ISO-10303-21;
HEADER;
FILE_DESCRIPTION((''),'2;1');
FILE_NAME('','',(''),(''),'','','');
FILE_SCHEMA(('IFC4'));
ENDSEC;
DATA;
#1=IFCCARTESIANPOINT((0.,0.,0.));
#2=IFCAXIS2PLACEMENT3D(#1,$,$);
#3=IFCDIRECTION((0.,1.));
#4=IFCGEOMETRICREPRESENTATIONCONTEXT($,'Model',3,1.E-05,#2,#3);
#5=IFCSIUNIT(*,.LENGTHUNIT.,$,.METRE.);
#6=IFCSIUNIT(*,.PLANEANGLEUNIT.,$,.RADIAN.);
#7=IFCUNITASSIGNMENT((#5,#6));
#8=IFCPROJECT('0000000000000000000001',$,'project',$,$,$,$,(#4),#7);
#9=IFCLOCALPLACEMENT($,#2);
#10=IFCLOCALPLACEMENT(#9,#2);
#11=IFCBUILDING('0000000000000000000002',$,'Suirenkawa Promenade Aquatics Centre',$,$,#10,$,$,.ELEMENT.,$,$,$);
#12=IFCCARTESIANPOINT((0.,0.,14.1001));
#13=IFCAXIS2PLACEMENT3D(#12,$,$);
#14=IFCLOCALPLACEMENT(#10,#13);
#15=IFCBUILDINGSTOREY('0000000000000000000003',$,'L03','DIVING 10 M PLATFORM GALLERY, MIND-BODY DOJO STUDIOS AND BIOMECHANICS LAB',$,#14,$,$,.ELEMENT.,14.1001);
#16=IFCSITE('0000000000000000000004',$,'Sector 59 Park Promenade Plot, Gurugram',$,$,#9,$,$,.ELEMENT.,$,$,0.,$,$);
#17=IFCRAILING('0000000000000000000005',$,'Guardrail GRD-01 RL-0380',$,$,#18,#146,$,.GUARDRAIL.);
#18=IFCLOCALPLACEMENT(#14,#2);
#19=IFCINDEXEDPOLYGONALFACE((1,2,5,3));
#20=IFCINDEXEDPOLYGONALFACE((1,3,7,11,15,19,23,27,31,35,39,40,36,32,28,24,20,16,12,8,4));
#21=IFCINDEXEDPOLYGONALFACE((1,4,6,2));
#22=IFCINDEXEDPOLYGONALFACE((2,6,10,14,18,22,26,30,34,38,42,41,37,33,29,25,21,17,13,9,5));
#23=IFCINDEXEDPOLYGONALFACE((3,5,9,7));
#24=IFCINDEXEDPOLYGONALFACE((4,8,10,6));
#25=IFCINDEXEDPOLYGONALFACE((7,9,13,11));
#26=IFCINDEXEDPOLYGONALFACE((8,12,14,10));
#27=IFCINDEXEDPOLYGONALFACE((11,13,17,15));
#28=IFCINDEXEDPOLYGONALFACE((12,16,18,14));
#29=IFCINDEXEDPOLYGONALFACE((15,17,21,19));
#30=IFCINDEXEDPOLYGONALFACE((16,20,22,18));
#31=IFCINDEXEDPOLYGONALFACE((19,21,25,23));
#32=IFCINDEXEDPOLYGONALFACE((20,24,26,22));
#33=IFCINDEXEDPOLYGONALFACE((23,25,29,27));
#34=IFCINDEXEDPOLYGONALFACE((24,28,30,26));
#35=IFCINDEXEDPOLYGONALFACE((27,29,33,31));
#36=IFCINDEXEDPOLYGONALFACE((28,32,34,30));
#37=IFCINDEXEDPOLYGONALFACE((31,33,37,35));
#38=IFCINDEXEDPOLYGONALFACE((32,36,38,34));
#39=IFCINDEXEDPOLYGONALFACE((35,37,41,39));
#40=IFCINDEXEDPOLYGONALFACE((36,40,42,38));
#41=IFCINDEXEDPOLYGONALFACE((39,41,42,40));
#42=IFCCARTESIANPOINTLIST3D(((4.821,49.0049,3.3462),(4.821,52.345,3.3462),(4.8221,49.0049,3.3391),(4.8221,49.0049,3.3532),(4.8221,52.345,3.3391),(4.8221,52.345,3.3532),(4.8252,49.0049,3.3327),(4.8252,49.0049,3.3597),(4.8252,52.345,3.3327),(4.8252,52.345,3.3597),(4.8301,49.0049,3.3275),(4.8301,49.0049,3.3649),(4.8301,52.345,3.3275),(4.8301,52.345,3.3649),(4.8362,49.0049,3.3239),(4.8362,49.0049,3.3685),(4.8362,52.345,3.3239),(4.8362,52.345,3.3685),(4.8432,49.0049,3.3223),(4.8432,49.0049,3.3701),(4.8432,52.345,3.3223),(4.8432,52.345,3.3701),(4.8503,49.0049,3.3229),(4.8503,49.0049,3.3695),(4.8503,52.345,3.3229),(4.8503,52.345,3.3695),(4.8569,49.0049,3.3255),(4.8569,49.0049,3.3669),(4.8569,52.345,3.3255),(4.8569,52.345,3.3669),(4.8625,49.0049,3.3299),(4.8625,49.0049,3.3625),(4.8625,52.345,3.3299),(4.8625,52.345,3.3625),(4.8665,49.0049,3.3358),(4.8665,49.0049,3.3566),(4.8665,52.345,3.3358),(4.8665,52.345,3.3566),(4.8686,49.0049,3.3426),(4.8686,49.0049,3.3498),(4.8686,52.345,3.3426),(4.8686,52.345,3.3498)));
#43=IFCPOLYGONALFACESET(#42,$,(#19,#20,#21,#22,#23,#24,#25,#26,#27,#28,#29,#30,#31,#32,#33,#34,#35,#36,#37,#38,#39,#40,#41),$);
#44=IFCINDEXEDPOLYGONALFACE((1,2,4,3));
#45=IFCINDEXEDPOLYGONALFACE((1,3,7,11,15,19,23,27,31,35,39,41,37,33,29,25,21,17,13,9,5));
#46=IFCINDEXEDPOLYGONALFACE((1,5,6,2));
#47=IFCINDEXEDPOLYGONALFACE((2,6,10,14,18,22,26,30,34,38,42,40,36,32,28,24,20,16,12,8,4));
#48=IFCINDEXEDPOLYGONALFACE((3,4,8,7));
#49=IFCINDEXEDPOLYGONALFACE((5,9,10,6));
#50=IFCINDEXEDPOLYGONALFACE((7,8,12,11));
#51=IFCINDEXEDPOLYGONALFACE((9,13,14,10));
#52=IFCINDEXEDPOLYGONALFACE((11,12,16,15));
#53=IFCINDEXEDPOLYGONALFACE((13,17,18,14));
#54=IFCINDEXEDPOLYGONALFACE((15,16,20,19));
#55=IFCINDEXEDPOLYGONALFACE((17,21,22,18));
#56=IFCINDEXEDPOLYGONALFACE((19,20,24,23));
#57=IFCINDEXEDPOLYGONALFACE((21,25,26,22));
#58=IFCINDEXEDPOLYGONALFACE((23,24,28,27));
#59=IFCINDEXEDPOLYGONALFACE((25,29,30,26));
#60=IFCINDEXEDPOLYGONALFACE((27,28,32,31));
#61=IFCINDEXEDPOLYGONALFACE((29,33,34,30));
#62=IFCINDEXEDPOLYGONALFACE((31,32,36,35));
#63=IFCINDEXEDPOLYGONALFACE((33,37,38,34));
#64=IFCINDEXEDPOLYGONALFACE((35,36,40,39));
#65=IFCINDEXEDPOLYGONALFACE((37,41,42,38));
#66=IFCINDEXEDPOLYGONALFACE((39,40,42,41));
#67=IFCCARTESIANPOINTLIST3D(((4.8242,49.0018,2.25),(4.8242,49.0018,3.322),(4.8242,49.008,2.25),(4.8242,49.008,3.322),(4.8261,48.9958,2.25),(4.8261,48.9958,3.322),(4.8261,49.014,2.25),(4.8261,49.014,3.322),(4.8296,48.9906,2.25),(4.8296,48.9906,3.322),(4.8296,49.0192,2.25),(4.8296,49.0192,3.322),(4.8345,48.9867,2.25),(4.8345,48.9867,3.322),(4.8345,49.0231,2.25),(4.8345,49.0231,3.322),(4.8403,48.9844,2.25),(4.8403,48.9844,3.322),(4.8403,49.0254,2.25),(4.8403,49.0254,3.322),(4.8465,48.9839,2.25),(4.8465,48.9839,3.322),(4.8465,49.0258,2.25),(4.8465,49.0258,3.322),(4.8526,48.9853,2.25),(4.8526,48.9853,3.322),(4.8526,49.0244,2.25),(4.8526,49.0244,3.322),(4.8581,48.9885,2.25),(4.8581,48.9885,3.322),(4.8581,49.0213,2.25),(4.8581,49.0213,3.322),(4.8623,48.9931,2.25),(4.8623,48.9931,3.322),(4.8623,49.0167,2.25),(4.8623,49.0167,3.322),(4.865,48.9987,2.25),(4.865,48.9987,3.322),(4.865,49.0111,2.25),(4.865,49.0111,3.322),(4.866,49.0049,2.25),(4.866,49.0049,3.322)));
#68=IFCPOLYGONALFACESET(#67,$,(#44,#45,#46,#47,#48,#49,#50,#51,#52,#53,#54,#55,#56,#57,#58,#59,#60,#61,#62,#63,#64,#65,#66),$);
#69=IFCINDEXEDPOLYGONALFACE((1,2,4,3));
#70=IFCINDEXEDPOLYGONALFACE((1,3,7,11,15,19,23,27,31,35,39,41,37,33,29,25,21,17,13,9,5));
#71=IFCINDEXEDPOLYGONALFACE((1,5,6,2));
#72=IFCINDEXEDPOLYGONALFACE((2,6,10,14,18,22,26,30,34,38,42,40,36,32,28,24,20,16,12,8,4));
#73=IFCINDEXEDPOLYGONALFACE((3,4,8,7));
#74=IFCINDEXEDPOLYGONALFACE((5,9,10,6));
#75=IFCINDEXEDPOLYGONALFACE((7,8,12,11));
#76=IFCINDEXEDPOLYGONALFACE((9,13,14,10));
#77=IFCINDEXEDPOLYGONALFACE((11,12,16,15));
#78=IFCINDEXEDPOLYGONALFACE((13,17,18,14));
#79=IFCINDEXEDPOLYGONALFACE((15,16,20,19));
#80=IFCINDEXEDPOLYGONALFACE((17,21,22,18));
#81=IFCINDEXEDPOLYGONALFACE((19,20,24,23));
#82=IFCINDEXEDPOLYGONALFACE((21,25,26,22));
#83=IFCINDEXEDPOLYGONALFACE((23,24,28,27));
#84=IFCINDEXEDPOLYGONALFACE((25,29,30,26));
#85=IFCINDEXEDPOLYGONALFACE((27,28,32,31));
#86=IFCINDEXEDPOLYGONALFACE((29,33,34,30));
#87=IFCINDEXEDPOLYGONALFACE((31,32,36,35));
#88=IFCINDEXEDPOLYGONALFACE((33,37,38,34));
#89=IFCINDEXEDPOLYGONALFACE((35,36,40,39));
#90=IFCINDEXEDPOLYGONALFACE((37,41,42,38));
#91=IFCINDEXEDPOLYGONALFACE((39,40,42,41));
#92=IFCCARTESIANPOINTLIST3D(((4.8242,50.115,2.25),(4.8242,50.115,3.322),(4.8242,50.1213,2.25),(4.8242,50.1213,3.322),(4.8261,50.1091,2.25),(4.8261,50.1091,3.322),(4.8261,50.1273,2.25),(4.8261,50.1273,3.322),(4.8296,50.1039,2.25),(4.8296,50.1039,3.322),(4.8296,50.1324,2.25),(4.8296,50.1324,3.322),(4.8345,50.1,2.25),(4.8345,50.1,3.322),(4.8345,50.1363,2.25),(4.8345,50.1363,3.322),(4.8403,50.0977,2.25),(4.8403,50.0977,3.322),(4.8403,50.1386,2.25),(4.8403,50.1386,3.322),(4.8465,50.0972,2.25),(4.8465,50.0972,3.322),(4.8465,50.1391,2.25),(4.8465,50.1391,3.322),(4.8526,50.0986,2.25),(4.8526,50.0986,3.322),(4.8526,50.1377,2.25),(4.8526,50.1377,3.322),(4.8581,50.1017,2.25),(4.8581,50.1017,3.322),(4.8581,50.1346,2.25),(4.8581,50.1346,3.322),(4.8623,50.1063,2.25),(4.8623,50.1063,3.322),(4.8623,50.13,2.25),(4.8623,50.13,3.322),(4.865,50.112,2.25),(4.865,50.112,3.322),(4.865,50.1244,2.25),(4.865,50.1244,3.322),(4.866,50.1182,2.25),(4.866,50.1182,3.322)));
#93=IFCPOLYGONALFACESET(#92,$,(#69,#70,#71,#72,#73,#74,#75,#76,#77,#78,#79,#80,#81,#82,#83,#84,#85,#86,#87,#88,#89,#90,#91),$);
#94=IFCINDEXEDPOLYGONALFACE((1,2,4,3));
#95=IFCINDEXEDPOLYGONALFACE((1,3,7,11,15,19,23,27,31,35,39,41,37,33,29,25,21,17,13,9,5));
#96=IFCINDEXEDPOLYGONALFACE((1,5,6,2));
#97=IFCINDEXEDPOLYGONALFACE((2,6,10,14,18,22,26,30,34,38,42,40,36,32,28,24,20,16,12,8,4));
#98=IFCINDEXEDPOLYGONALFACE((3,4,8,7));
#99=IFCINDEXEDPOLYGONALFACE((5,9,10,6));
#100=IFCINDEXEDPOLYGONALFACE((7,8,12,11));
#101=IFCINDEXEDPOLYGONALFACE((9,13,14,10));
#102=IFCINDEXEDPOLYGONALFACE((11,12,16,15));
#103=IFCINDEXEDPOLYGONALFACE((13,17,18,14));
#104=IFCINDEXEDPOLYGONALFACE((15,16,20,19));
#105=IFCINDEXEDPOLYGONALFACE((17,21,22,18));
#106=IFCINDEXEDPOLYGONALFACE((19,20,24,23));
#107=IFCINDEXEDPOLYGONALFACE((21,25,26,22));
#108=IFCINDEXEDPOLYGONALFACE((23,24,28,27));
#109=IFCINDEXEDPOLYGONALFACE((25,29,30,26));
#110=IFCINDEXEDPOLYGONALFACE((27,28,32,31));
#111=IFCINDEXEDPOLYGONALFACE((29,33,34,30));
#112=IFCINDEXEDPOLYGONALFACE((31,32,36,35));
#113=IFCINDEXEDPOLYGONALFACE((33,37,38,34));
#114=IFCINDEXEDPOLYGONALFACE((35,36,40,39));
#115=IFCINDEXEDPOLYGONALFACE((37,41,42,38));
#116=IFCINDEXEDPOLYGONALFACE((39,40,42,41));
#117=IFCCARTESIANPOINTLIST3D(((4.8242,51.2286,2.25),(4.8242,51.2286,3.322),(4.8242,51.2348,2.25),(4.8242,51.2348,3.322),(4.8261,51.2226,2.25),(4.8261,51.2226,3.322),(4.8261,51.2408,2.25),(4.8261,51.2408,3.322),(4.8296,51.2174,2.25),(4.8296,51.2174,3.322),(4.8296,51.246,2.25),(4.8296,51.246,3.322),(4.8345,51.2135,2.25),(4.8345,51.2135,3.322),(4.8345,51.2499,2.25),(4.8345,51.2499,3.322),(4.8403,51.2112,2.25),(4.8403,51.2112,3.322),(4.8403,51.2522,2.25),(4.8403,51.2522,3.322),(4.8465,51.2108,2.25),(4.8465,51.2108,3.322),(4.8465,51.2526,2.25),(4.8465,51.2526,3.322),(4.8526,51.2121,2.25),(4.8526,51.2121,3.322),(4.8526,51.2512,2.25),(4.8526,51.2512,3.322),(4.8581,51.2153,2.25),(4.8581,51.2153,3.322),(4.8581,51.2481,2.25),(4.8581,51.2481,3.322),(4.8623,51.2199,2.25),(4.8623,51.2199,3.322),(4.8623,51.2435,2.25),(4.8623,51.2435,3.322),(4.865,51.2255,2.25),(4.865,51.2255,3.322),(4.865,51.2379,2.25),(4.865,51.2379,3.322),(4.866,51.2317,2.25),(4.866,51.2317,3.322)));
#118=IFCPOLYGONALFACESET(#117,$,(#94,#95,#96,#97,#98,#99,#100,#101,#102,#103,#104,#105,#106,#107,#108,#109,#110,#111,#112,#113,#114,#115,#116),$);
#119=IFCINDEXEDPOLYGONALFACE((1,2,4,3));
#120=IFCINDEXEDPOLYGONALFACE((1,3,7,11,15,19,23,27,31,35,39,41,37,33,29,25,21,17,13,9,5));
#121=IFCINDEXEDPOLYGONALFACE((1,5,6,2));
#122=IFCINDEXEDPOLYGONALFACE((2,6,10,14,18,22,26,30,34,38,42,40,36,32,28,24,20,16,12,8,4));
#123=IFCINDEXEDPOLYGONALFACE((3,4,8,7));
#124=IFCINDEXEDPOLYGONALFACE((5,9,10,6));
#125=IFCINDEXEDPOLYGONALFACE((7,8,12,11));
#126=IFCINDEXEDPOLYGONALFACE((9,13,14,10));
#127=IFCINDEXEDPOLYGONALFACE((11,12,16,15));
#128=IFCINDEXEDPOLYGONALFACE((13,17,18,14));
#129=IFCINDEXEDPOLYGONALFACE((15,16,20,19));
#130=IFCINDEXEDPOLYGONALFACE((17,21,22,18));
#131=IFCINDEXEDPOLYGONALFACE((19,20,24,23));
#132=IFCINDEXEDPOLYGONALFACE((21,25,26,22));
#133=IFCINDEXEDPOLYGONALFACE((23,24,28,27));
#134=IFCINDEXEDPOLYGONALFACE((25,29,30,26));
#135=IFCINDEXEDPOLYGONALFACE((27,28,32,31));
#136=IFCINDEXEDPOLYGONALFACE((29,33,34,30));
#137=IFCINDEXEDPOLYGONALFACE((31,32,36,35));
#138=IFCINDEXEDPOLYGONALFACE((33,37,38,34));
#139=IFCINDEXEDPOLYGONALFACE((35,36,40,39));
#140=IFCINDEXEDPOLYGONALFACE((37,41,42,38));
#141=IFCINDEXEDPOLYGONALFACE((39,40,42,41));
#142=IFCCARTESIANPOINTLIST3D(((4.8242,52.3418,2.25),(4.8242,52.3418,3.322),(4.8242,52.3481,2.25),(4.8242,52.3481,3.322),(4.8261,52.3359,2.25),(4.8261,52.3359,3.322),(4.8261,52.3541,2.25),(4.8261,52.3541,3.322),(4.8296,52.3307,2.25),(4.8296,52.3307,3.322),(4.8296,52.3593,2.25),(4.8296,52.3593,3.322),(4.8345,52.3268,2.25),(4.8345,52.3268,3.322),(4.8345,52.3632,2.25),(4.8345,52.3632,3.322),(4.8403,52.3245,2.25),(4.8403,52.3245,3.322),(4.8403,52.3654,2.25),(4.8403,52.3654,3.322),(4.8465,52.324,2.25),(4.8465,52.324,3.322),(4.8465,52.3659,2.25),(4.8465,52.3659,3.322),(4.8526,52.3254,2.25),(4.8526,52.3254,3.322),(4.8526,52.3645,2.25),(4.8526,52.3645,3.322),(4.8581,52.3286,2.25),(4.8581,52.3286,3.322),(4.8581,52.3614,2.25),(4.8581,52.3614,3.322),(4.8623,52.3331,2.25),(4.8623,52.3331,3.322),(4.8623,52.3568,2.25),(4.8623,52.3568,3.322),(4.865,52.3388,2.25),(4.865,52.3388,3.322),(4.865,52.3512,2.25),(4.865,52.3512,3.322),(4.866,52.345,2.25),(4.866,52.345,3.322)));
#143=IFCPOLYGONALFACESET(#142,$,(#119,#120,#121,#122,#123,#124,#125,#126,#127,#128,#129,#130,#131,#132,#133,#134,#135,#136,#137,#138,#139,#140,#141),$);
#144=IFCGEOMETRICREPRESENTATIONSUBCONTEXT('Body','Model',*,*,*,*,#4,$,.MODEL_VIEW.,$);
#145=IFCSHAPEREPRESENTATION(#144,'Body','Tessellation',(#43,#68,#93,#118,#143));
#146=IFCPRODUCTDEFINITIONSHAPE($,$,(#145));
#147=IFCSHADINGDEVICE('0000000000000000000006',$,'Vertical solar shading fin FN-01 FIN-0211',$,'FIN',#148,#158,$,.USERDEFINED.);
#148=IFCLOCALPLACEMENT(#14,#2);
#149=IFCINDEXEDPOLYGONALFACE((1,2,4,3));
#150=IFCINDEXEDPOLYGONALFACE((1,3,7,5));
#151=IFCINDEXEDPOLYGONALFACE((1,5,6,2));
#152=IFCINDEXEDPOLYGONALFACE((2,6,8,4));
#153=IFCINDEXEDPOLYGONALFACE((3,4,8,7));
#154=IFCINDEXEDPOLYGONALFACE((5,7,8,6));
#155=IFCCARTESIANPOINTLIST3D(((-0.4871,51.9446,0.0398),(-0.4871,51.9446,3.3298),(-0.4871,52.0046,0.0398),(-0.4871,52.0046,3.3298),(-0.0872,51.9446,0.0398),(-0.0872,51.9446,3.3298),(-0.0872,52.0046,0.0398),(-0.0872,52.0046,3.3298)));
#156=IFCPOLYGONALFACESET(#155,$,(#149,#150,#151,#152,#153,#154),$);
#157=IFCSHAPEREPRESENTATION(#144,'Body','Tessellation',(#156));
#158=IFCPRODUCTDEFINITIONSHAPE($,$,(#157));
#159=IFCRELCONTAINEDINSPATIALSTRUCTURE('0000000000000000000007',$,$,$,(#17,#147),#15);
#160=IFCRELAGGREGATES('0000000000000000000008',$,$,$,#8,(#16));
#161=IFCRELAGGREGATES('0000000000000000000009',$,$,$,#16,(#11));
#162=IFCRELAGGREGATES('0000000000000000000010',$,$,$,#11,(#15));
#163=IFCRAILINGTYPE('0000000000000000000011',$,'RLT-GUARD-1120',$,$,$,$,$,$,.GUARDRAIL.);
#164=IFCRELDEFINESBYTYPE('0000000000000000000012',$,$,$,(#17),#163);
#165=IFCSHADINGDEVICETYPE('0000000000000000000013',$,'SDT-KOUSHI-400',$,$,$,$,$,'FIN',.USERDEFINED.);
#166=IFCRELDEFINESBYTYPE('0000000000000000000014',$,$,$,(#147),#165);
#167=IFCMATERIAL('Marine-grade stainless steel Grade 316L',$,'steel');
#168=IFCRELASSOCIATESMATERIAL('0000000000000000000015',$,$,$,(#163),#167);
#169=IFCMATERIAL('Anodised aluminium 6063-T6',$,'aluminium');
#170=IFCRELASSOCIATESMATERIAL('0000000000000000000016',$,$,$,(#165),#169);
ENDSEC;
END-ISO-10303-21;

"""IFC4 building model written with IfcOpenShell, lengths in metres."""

from ifc_helpers import new_model, si_unit, direction, frame, origin, origin_2d, place, context, subcontext, project, spatial, rectangle, circle, extrude, material, type_object, element, save


model = new_model("IFC4")

# Units and contexts
model_context = context("Model", 3, precision=1e-05, world=origin(), true_north=direction((0.0, 1.0)))
body_context = subcontext(model_context, "Body", "Model", "MODEL_VIEW")
ifc_project = project(units=[si_unit("LENGTHUNIT", "METRE"), si_unit("PLANEANGLEUNIT", "RADIAN")], contexts=[model_context])

# Site, building, storey
site_placement = place(None, origin())
site = spatial("IfcSite", under=ifc_project, at=site_placement, Name="Sector 59 Park Promenade Plot, Gurugram", CompositionType="ELEMENT", RefElevation=0.0)
building_placement = place(site_placement, origin())
building = spatial("IfcBuilding", under=site, at=building_placement, Name="Suirenkawa Promenade Aquatics Centre", CompositionType="ELEMENT")
storey_placement = place(building_placement, frame((0.0, 0.0, 14.1001)))
storey = spatial("IfcBuildingStorey", under=building, at=storey_placement, Name="L03", Description="DIVING 10 M PLATFORM GALLERY, MIND-BODY DOJO STUDIOS AND BIOMECHANICS LAB", CompositionType="ELEMENT", Elevation=14.1001)

# Shared definitions
ifc_material_1 = material(Name="Anodised aluminium 6063-T6", Category="aluminium")

# Railing
ifc_material_2 = material(Name="Marine-grade stainless steel Grade 316L", Category="steel")
railing_type = type_object("IfcRailingType", Name="RLT-GUARD-1120", PredefinedType="GUARDRAIL", material=ifc_material_2)
for number, where, name in (
    (1, (4.845, 49.0049, 2.25), "Guardrail GRD-01 RL-0380"),
):
    element("IfcRailing", number, at=place(storey_placement, frame(where)), inside=storey, type_object=railing_type, Name=name, PredefinedType="GUARDRAIL", context=body_context, shape_type="SweptSolid", body=[
        extrude(circle(Radius=0.0239, at=origin_2d()), frame((0.0, 0.0, 1.0962), z_axis=(0.0, 1.0, 0.0), x_axis=(-1.0, 0.0, 0.0)), (0.0, 0.0, 1.0), 3.3401),
        extrude(circle(Radius=0.021, at=origin_2d()), origin(), (0.0, 0.0, 1.0), 1.072),
        extrude(circle(Radius=0.021, at=origin_2d()), frame((0.0, 1.1133, 0.0)), (0.0, 0.0, 1.0), 1.072),
        extrude(circle(Radius=0.021, at=origin_2d()), frame((0.0, 2.2268, 0.0)), (0.0, 0.0, 1.0), 1.072),
        extrude(circle(Radius=0.021, at=origin_2d()), frame((0.0, 3.3401, 0.0)), (0.0, 0.0, 1.0), 1.072),
    ])

# Shading device
shading_device_type = type_object("IfcShadingDeviceType", Name="SDT-KOUSHI-400", ElementType="FIN", PredefinedType="USERDEFINED", material=ifc_material_1)
shading_device_placement = place(storey_placement, frame((-0.2871, 51.9746, 0.0398), z_axis=(0.0, 0.0, 1.0), x_axis=(-1.0, 0.0, 0.0)))
element("IfcShadingDevice", 2, at=shading_device_placement, inside=storey, type_object=shading_device_type, Name="Vertical solar shading fin FN-01 FIN-0211", ObjectType="FIN", PredefinedType="USERDEFINED", context=body_context, shape_type="SweptSolid", body=[
    extrude(rectangle(XDim=0.3999, YDim=0.0601, at=origin_2d()), origin(), (0.0, 0.0, 1.0), 3.29),
])

save(model, "model.ifc")
